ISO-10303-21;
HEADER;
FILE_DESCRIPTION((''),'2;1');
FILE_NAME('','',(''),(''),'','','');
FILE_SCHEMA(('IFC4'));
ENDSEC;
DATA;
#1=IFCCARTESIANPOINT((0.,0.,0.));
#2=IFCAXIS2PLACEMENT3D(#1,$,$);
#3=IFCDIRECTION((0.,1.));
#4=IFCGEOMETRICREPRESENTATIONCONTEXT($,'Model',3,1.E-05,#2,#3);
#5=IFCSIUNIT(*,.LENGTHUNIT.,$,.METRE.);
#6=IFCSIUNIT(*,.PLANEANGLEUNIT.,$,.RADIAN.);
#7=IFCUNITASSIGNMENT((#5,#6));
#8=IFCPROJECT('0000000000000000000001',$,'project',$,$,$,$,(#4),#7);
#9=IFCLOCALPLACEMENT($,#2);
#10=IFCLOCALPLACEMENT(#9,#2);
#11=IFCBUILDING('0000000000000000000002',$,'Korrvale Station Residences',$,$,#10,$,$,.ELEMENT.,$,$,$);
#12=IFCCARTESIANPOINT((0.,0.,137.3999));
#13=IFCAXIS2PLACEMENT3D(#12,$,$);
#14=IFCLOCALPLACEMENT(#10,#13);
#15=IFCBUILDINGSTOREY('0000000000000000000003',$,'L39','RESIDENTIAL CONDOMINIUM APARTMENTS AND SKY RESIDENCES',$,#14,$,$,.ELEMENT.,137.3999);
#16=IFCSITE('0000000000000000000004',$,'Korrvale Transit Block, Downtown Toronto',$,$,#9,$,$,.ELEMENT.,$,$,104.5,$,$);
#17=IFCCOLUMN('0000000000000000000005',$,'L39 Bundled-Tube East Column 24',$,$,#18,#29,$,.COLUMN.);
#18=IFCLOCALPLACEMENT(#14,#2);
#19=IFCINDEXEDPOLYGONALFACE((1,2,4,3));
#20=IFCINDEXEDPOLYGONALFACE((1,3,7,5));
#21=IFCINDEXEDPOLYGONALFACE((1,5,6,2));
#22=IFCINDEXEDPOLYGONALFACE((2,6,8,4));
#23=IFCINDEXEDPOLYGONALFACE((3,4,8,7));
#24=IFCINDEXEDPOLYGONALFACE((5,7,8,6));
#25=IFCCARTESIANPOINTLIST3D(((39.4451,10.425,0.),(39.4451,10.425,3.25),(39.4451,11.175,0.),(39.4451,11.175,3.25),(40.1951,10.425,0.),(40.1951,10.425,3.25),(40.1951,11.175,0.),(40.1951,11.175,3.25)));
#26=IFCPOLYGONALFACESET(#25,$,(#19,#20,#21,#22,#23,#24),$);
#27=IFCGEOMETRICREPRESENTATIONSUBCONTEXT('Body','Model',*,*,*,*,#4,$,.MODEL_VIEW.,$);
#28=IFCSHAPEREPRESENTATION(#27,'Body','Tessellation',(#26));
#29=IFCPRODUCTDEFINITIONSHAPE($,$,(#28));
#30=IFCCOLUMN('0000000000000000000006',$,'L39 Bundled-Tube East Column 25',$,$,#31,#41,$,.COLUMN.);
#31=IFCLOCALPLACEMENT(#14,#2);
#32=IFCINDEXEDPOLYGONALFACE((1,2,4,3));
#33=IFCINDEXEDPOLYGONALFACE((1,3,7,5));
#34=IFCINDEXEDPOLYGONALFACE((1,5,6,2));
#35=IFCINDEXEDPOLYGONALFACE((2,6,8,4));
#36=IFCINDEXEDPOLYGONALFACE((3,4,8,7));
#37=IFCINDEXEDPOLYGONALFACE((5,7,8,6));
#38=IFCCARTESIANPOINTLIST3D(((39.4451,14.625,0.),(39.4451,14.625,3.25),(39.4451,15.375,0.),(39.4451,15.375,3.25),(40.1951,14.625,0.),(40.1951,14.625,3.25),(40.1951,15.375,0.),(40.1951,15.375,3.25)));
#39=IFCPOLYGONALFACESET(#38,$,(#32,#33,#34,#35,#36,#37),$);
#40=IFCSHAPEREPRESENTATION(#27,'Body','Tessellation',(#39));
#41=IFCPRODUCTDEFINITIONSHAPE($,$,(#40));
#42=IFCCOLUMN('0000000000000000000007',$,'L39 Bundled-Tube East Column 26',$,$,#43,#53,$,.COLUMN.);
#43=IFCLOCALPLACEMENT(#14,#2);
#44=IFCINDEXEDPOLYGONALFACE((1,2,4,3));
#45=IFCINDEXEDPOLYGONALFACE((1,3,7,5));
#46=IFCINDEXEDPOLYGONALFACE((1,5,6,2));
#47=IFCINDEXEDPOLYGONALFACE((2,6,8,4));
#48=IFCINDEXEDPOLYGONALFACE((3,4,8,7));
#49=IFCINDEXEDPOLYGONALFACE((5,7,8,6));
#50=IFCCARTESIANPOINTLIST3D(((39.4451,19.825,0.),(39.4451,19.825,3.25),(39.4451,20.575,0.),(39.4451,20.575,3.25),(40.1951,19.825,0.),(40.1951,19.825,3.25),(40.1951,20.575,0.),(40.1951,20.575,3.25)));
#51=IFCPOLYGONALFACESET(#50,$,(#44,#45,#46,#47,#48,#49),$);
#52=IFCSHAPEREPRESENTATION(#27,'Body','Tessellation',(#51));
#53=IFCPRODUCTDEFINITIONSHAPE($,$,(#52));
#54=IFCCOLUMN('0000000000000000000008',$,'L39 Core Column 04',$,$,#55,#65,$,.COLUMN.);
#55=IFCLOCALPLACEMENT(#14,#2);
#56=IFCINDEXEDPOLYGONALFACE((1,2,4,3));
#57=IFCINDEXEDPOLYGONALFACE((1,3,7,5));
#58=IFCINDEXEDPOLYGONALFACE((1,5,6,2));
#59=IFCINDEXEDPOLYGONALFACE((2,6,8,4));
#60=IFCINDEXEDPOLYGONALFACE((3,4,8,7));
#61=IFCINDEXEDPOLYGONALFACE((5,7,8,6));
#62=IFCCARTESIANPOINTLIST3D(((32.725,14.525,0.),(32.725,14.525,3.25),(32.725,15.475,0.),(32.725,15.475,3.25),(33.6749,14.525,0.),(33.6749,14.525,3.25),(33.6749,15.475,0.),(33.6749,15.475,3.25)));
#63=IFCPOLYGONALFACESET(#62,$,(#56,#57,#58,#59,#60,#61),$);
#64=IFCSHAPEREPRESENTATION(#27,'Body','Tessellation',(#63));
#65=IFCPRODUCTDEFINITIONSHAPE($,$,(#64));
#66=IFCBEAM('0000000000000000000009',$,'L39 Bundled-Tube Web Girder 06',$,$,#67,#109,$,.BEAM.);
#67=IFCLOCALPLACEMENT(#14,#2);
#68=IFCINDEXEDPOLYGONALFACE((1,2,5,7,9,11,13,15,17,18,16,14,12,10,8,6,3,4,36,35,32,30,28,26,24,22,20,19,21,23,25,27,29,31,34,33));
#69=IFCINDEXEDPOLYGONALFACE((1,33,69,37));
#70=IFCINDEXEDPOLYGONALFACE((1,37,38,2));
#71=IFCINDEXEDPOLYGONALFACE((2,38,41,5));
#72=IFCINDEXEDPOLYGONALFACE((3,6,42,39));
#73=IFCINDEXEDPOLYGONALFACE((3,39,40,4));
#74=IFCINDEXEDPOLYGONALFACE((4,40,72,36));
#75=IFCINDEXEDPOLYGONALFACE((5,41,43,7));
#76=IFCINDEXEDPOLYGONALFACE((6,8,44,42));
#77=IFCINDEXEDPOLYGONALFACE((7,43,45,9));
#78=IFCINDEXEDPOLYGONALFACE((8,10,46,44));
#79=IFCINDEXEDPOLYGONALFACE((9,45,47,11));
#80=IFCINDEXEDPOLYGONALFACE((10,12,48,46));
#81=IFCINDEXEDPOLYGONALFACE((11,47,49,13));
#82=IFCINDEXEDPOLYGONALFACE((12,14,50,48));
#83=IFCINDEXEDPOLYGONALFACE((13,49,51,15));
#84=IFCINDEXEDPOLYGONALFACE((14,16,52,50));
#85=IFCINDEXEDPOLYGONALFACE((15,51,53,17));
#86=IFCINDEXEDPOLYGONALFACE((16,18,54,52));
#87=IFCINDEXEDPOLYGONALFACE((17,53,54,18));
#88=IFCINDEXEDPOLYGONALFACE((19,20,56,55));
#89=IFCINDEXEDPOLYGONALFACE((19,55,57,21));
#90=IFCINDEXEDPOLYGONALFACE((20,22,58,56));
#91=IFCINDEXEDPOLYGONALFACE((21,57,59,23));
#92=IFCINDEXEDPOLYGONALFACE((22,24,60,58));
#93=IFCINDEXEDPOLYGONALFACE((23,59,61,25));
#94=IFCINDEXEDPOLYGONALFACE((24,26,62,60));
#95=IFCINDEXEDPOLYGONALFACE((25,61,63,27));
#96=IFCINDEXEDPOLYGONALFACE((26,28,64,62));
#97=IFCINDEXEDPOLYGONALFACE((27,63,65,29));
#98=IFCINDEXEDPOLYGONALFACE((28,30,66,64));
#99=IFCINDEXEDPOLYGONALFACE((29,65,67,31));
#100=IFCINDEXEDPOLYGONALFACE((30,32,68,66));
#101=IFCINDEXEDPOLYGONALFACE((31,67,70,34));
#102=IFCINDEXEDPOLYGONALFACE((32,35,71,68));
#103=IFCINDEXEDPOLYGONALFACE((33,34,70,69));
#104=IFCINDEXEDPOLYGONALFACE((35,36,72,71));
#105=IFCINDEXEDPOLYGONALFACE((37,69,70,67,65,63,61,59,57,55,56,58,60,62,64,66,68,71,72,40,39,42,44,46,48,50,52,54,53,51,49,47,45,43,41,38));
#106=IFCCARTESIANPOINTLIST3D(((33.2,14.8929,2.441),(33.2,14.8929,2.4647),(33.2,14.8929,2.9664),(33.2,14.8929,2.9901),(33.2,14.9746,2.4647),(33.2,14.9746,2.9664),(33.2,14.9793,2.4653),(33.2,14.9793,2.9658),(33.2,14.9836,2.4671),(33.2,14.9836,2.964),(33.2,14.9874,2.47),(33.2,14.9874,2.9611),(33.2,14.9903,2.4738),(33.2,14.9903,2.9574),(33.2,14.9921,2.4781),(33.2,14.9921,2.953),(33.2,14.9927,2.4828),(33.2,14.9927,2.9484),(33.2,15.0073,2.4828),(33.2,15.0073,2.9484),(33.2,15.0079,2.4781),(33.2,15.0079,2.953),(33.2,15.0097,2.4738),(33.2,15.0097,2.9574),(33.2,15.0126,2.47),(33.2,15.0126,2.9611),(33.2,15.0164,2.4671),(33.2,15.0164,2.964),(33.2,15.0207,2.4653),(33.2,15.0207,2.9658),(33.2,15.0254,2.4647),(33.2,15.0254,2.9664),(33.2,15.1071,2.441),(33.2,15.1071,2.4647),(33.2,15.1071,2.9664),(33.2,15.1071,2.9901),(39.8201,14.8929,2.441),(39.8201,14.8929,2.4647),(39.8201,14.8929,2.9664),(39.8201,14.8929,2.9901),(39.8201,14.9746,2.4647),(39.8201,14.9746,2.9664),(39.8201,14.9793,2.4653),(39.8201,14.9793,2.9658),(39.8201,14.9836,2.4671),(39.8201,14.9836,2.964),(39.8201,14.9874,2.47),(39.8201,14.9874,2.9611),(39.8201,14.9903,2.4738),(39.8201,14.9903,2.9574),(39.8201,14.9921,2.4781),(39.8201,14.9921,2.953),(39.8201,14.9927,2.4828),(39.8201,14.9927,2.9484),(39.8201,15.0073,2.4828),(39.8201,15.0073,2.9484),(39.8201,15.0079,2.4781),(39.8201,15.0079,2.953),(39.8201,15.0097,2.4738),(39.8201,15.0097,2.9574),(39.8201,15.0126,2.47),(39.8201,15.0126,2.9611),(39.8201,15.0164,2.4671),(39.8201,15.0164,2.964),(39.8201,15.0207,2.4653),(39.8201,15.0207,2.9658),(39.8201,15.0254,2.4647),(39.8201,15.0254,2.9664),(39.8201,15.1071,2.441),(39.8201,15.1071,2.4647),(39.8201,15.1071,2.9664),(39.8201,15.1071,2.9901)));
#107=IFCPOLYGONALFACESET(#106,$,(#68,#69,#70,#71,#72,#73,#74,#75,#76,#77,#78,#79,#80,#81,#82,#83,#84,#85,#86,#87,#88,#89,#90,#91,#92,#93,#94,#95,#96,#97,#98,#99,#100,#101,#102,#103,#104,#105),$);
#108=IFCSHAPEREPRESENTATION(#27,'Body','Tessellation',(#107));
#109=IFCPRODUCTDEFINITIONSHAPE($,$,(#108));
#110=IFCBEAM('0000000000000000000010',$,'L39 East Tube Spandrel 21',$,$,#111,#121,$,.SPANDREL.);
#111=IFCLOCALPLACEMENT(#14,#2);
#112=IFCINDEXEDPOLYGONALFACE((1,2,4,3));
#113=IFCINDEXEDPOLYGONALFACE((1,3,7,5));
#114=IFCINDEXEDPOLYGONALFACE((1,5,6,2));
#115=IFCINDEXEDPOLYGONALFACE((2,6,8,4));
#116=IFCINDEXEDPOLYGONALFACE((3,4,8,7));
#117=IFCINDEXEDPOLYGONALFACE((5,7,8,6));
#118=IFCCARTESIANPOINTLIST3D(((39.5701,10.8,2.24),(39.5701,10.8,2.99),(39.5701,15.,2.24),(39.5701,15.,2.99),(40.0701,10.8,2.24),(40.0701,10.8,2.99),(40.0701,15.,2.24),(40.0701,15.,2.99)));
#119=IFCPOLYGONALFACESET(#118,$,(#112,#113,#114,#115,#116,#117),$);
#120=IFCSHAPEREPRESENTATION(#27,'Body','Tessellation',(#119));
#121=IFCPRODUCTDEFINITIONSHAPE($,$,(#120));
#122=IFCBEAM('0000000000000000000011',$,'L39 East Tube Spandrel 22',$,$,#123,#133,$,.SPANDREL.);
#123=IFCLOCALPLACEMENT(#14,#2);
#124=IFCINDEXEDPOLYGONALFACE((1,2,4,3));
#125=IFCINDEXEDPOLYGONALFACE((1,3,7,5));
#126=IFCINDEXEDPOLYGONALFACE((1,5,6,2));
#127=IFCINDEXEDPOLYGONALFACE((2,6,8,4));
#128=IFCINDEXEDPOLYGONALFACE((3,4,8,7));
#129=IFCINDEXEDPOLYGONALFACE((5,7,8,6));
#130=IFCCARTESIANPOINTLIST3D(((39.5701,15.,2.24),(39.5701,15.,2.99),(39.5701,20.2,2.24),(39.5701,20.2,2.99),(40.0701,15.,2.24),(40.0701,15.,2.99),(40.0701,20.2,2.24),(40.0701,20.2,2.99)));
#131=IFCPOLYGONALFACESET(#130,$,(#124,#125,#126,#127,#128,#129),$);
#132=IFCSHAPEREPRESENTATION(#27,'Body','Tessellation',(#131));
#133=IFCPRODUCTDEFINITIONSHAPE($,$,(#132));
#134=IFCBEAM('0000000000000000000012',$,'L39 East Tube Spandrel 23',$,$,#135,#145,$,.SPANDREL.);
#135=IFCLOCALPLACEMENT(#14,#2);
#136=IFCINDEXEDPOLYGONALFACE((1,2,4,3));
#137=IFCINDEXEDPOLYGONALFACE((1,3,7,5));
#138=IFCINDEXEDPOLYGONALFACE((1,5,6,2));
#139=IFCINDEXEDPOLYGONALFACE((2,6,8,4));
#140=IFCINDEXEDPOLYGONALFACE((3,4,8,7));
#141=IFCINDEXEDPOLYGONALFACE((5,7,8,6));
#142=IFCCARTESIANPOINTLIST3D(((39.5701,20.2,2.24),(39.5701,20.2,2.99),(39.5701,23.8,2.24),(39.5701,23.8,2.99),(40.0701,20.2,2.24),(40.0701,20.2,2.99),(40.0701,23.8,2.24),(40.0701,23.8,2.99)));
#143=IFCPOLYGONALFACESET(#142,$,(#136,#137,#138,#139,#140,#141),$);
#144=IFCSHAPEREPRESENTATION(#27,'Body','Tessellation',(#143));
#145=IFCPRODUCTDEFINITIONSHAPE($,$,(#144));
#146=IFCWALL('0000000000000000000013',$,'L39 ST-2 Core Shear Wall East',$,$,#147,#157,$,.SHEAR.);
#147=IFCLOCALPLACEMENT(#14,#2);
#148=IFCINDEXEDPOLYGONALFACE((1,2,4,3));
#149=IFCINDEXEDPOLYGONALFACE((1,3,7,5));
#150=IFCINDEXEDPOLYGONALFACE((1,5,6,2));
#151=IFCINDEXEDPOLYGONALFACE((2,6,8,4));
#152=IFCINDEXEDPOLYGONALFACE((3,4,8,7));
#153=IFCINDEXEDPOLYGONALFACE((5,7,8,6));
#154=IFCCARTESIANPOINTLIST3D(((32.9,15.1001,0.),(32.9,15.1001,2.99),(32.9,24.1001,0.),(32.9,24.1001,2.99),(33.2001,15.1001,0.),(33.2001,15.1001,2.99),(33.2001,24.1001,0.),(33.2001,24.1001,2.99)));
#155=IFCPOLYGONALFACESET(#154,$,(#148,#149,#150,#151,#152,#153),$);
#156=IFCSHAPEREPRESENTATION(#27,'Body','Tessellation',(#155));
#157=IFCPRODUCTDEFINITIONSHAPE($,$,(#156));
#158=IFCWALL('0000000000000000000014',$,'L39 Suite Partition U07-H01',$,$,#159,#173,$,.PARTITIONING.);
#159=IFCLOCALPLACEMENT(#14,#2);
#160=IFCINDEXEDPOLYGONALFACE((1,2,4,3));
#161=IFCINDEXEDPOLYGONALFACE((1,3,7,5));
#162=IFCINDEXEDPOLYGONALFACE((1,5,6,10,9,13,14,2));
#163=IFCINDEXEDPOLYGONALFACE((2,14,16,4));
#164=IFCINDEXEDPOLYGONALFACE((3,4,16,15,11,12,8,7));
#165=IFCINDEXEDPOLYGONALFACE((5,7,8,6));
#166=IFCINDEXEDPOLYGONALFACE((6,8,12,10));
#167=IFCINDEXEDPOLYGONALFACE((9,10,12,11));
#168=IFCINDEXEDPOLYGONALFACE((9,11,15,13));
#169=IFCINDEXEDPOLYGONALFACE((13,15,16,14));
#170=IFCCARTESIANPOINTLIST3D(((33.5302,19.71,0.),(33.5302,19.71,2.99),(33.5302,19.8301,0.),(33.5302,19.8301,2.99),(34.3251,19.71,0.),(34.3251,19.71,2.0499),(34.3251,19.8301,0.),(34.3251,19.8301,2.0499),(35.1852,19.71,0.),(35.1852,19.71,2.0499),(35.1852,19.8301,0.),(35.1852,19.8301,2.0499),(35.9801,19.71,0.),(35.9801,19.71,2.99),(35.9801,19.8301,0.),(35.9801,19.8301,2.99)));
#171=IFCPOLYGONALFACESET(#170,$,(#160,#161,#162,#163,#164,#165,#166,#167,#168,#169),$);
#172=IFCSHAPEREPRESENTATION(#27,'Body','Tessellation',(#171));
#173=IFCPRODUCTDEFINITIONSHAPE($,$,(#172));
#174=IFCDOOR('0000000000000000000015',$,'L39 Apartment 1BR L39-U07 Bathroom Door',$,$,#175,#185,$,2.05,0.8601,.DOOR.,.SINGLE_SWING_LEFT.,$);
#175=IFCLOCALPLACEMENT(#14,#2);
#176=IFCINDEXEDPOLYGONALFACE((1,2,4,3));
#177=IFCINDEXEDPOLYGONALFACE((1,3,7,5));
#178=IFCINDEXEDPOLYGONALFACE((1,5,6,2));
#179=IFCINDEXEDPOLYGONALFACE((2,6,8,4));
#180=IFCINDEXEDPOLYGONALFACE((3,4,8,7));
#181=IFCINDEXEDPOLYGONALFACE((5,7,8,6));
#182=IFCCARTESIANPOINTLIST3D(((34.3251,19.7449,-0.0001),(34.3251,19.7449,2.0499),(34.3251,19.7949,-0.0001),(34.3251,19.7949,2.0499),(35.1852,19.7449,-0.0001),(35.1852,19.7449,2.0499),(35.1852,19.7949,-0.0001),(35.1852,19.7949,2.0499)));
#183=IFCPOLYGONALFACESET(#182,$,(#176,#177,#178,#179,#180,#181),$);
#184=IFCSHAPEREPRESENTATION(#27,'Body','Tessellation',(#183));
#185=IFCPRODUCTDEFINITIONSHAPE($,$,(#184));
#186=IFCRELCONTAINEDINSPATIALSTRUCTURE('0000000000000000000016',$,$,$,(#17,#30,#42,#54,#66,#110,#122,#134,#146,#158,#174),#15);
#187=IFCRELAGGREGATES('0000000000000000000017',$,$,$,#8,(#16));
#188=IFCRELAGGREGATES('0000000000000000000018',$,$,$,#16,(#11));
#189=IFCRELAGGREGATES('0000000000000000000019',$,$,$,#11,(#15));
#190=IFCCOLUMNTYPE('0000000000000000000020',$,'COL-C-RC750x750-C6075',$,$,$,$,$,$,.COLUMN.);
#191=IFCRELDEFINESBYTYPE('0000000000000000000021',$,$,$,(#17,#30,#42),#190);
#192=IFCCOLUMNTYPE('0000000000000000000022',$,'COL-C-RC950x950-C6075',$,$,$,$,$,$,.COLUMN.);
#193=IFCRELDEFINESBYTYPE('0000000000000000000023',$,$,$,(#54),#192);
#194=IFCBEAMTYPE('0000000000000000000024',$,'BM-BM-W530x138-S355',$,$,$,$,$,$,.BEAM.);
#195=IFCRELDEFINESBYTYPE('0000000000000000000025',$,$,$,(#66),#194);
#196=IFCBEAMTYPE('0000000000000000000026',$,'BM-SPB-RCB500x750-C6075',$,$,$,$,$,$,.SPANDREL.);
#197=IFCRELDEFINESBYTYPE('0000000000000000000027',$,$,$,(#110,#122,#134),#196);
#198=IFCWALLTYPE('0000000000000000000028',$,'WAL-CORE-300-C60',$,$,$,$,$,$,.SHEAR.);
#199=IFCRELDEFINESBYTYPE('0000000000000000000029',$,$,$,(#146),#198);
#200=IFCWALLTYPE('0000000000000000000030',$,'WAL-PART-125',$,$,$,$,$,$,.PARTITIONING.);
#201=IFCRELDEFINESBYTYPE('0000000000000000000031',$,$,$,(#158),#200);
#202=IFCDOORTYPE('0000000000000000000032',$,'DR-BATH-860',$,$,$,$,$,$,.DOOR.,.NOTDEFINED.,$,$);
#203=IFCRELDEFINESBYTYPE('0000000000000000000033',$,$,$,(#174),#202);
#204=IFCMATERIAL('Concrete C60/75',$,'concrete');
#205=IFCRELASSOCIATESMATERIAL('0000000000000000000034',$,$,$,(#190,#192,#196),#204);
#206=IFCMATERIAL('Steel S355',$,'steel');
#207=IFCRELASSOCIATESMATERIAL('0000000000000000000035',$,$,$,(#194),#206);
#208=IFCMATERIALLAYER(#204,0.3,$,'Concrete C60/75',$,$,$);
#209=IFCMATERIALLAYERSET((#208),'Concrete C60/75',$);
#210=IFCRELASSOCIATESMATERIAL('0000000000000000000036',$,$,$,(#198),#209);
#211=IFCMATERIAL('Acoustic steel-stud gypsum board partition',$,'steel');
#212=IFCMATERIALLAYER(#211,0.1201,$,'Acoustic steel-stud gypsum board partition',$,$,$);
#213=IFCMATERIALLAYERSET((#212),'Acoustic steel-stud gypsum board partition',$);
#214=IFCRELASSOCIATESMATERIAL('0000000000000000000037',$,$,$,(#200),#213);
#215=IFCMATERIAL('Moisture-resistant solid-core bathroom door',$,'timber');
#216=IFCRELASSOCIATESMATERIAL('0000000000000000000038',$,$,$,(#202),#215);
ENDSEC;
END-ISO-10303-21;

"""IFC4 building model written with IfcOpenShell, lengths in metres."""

from ifc_helpers import new_model, si_unit, direction, frame, frame_2d, origin, origin_2d, place, context, subcontext, project, spatial, rectangle, i_section, extrude, material, layer, layer_set, material_profile, profile_set, type_object, element, fill, save


model = new_model("IFC4")

# Units and contexts
model_context = context("Model", 3, precision=1e-05, world=origin(), true_north=direction((0.0, 1.0)))
body_context = subcontext(model_context, "Body", "Model", "MODEL_VIEW")
ifc_project = project(units=[si_unit("LENGTHUNIT", "METRE"), si_unit("PLANEANGLEUNIT", "RADIAN")], contexts=[model_context])

# Site, building, storey
site_placement = place(None, origin())
site = spatial("IfcSite", under=ifc_project, at=site_placement, Name="Korrvale Transit Block, Downtown Toronto", CompositionType="ELEMENT", RefElevation=104.5)
building_placement = place(site_placement, origin())
building = spatial("IfcBuilding", under=site, at=building_placement, Name="Korrvale Station Residences", CompositionType="ELEMENT")
storey_placement = place(building_placement, frame((0.0, 0.0, 137.3999)))
storey = spatial("IfcBuildingStorey", under=building, at=storey_placement, Name="L39", Description="RESIDENTIAL CONDOMINIUM APARTMENTS AND SKY RESIDENCES", CompositionType="ELEMENT", Elevation=137.3999)

# Columns
ifc_material_1 = material(Name="Concrete C60/75", Category="concrete")
ifc_material_profile_1 = material_profile(ifc_material_1, rectangle(XDim=0.75, YDim=0.75, at=origin_2d()), Name="RC750x750")
ifc_profile_set_1 = profile_set([ifc_material_profile_1], Name="Concrete C60/75")
column_type_1 = type_object("IfcColumnType", Name="COL-C-RC750x750-C6075", PredefinedType="COLUMN", material=ifc_profile_set_1)
for number, where, z_axis, x_axis, name in (
    (1, (39.8201, 10.8, 0.0), (0.0, 0.0, 1.0), (1.0, 0.0, 0.0), "L39 Bundled-Tube East Column 24"),
    (2, (39.8201, 15.0, 0.0), (0.0, 0.0, 1.0), (1.0, 0.0, 0.0), "L39 Bundled-Tube East Column 25"),
    (3, (39.8201, 20.2, 0.0), (0.0, 0.0, 1.0), (1.0, 0.0, 0.0), "L39 Bundled-Tube East Column 26"),
):
    element("IfcColumn", number, at=place(storey_placement, frame(where, z_axis=z_axis, x_axis=x_axis)), inside=storey, type_object=column_type_1, Name=name, PredefinedType="COLUMN", context=body_context, shape_type="SweptSolid", body=[
        extrude(rectangle(XDim=0.75, YDim=0.75, at=origin_2d()), origin(), (0.0, 0.0, 1.0), 3.25),
    ])
ifc_material_profile_2 = material_profile(ifc_material_1, rectangle(XDim=0.95, YDim=0.95, at=origin_2d()), Name="RC950x950")
ifc_profile_set_2 = profile_set([ifc_material_profile_2], Name="Concrete C60/75")
column_type_2 = type_object("IfcColumnType", Name="COL-C-RC950x950-C6075", PredefinedType="COLUMN", material=ifc_profile_set_2)
column_placement = place(storey_placement, frame((33.2, 15.0, 0.0), z_axis=(0.0, 0.0, 1.0), x_axis=(1.0, 0.0, 0.0)))
element("IfcColumn", 4, at=column_placement, inside=storey, type_object=column_type_2, Name="L39 Core Column 04", PredefinedType="COLUMN", context=body_context, shape_type="SweptSolid", body=[
    extrude(rectangle(XDim=0.95, YDim=0.95, at=origin_2d()), origin(), (0.0, 0.0, 1.0), 3.25),
])

# Beams
ifc_material_2 = material(Name="Steel S355", Category="steel")
ifc_material_profile_3 = material_profile(ifc_material_2, i_section(OverallWidth=0.2141, OverallDepth=0.5491, WebThickness=0.0146, FlangeThickness=0.0237, FilletRadius=0.0181, at=origin_2d()), Name="W530x138")
ifc_profile_set_3 = profile_set([ifc_material_profile_3], Name="Steel S355")
beam_type_1 = type_object("IfcBeamType", Name="BM-BM-W530x138-S355", PredefinedType="BEAM", material=ifc_profile_set_3)
beam_1_placement = place(storey_placement, frame((33.2, 15.0, 2.7156), z_axis=(1.0, 0.0, 0.0), x_axis=(0.0, 1.0, 0.0)))
element("IfcBeam", 5, at=beam_1_placement, inside=storey, type_object=beam_type_1, Name="L39 Bundled-Tube Web Girder 06", PredefinedType="BEAM", context=body_context, shape_type="SweptSolid", body=[
    extrude(i_section(OverallWidth=0.2141, OverallDepth=0.5491, WebThickness=0.0146, FlangeThickness=0.0237, FilletRadius=0.0181, at=origin_2d()), origin(), (0.0, 0.0, 1.0), 6.6201),
])
ifc_material_profile_4 = material_profile(ifc_material_1, rectangle(XDim=0.5, YDim=0.75, at=origin_2d()), Name="RCB500x750")
ifc_profile_set_4 = profile_set([ifc_material_profile_4], Name="Concrete C60/75")
beam_type_2 = type_object("IfcBeamType", Name="BM-SPB-RCB500x750-C6075", PredefinedType="SPANDREL", material=ifc_profile_set_4)
beam_2_placement = place(storey_placement, frame((39.8201, 10.8, 2.615), z_axis=(0.0, 1.0, 0.0), x_axis=(-1.0, 0.0, 0.0)))
element("IfcBeam", 6, at=beam_2_placement, inside=storey, type_object=beam_type_2, Name="L39 East Tube Spandrel 21", PredefinedType="SPANDREL", context=body_context, shape_type="SweptSolid", body=[
    extrude(rectangle(XDim=0.5, YDim=0.75, at=origin_2d()), origin(), (0.0, 0.0, 1.0), 4.2),
])
beam_3_placement = place(storey_placement, frame((39.8201, 15.0, 2.615), z_axis=(0.0, 1.0, 0.0), x_axis=(-1.0, 0.0, 0.0)))
element("IfcBeam", 7, at=beam_3_placement, inside=storey, type_object=beam_type_2, Name="L39 East Tube Spandrel 22", PredefinedType="SPANDREL", context=body_context, shape_type="SweptSolid", body=[
    extrude(rectangle(XDim=0.5, YDim=0.75, at=origin_2d()), origin(), (0.0, 0.0, 1.0), 5.2),
])
beam_4_placement = place(storey_placement, frame((39.8201, 20.2, 2.615), z_axis=(0.0, 1.0, 0.0), x_axis=(-1.0, 0.0, 0.0)))
element("IfcBeam", 8, at=beam_4_placement, inside=storey, type_object=beam_type_2, Name="L39 East Tube Spandrel 23", PredefinedType="SPANDREL", context=body_context, shape_type="SweptSolid", body=[
    extrude(rectangle(XDim=0.5, YDim=0.75, at=origin_2d()), origin(), (0.0, 0.0, 1.0), 3.6001),
])

# Wall
ifc_layer_1 = layer(ifc_material_1, 0.3, Name="Concrete C60/75")
ifc_layer_set_1 = layer_set([ifc_layer_1], Name="Concrete C60/75")
wall_type_1 = type_object("IfcWallType", Name="WAL-CORE-300-C60", PredefinedType="SHEAR", material=ifc_layer_set_1)
wall_1_placement = place(storey_placement, frame((33.05, 15.1001, 0.0), z_axis=(0.0, 0.0, 1.0), x_axis=(0.0, 1.0, 0.0)))
element("IfcWall", 9, at=wall_1_placement, inside=storey, type_object=wall_type_1, Name="L39 ST-2 Core Shear Wall East", PredefinedType="SHEAR", context=body_context, shape_type="SweptSolid", body=[
    extrude(rectangle(XDim=9.0, YDim=0.3, at=frame_2d((4.5, 0.0))), origin(), (0.0, 0.0, 1.0), 2.99),
])

# Wall, opening, door
ifc_material_3 = material(Name="Acoustic steel-stud gypsum board partition", Category="steel")
ifc_layer_2 = layer(ifc_material_3, 0.1201, Name="Acoustic steel-stud gypsum board partition")
ifc_layer_set_2 = layer_set([ifc_layer_2], Name="Acoustic steel-stud gypsum board partition")
wall_type_2 = type_object("IfcWallType", Name="WAL-PART-125", PredefinedType="PARTITIONING", material=ifc_layer_set_2)
wall_2_placement = place(storey_placement, frame((33.53, 19.77, 0.0), z_axis=(0.0, 0.0, 1.0), x_axis=(1.0, 0.0, 0.0)))
wall_2 = element("IfcWall", 10, at=wall_2_placement, inside=storey, type_object=wall_type_2, Name="L39 Suite Partition U07-H01", PredefinedType="PARTITIONING", context=body_context, shape_type="SweptSolid", body=[
    extrude(rectangle(XDim=2.45, YDim=0.1201, at=frame_2d((1.2251, 0.0))), origin(), (0.0, 0.0, 1.0), 2.99),
])
opening_1_placement = place(wall_2_placement, frame((0.7949, 0.0, 0.0)))
opening_1 = element("IfcOpeningElement", 11, at=opening_1_placement, cuts=wall_2, PredefinedType="OPENING", context=body_context, shape_type="SweptSolid", body=[
    extrude(rectangle(XDim=0.8601, YDim=2.05, at=frame_2d((0.4302, 1.0249))), frame((0.0, 0.0701, 0.0), z_axis=(0.0, -1.0, 0.0), x_axis=(1.0, 0.0, 0.0)), (0.0, 0.0, 1.0), 0.1401),
])
ifc_material_4 = material(Name="Moisture-resistant solid-core bathroom door", Category="timber")
door_type_1 = type_object("IfcDoorType", Name="DR-BATH-860", OperationType="NOTDEFINED", PredefinedType="DOOR", material=ifc_material_4)
door_1_placement = place(opening_1_placement, origin())
door_1 = element("IfcDoor", 12, at=door_1_placement, inside=storey, type_object=door_type_1, Name="L39 Apartment 1BR L39-U07 Bathroom Door", OperationType="SINGLE_SWING_LEFT", OverallHeight=2.05, OverallWidth=0.8601, PredefinedType="DOOR", context=body_context, shape_type="SweptSolid", body=[
    extrude(rectangle(XDim=0.8601, YDim=2.05, at=frame_2d((0.4302, 1.0249))), frame((0.0, 0.0249, 0.0), z_axis=(0.0, -1.0, 0.0), x_axis=(1.0, 0.0, 0.0)), (0.0, 0.0, 1.0), 0.05),
])
fill(opening_1, door_1)

save(model, "model.ifc")
